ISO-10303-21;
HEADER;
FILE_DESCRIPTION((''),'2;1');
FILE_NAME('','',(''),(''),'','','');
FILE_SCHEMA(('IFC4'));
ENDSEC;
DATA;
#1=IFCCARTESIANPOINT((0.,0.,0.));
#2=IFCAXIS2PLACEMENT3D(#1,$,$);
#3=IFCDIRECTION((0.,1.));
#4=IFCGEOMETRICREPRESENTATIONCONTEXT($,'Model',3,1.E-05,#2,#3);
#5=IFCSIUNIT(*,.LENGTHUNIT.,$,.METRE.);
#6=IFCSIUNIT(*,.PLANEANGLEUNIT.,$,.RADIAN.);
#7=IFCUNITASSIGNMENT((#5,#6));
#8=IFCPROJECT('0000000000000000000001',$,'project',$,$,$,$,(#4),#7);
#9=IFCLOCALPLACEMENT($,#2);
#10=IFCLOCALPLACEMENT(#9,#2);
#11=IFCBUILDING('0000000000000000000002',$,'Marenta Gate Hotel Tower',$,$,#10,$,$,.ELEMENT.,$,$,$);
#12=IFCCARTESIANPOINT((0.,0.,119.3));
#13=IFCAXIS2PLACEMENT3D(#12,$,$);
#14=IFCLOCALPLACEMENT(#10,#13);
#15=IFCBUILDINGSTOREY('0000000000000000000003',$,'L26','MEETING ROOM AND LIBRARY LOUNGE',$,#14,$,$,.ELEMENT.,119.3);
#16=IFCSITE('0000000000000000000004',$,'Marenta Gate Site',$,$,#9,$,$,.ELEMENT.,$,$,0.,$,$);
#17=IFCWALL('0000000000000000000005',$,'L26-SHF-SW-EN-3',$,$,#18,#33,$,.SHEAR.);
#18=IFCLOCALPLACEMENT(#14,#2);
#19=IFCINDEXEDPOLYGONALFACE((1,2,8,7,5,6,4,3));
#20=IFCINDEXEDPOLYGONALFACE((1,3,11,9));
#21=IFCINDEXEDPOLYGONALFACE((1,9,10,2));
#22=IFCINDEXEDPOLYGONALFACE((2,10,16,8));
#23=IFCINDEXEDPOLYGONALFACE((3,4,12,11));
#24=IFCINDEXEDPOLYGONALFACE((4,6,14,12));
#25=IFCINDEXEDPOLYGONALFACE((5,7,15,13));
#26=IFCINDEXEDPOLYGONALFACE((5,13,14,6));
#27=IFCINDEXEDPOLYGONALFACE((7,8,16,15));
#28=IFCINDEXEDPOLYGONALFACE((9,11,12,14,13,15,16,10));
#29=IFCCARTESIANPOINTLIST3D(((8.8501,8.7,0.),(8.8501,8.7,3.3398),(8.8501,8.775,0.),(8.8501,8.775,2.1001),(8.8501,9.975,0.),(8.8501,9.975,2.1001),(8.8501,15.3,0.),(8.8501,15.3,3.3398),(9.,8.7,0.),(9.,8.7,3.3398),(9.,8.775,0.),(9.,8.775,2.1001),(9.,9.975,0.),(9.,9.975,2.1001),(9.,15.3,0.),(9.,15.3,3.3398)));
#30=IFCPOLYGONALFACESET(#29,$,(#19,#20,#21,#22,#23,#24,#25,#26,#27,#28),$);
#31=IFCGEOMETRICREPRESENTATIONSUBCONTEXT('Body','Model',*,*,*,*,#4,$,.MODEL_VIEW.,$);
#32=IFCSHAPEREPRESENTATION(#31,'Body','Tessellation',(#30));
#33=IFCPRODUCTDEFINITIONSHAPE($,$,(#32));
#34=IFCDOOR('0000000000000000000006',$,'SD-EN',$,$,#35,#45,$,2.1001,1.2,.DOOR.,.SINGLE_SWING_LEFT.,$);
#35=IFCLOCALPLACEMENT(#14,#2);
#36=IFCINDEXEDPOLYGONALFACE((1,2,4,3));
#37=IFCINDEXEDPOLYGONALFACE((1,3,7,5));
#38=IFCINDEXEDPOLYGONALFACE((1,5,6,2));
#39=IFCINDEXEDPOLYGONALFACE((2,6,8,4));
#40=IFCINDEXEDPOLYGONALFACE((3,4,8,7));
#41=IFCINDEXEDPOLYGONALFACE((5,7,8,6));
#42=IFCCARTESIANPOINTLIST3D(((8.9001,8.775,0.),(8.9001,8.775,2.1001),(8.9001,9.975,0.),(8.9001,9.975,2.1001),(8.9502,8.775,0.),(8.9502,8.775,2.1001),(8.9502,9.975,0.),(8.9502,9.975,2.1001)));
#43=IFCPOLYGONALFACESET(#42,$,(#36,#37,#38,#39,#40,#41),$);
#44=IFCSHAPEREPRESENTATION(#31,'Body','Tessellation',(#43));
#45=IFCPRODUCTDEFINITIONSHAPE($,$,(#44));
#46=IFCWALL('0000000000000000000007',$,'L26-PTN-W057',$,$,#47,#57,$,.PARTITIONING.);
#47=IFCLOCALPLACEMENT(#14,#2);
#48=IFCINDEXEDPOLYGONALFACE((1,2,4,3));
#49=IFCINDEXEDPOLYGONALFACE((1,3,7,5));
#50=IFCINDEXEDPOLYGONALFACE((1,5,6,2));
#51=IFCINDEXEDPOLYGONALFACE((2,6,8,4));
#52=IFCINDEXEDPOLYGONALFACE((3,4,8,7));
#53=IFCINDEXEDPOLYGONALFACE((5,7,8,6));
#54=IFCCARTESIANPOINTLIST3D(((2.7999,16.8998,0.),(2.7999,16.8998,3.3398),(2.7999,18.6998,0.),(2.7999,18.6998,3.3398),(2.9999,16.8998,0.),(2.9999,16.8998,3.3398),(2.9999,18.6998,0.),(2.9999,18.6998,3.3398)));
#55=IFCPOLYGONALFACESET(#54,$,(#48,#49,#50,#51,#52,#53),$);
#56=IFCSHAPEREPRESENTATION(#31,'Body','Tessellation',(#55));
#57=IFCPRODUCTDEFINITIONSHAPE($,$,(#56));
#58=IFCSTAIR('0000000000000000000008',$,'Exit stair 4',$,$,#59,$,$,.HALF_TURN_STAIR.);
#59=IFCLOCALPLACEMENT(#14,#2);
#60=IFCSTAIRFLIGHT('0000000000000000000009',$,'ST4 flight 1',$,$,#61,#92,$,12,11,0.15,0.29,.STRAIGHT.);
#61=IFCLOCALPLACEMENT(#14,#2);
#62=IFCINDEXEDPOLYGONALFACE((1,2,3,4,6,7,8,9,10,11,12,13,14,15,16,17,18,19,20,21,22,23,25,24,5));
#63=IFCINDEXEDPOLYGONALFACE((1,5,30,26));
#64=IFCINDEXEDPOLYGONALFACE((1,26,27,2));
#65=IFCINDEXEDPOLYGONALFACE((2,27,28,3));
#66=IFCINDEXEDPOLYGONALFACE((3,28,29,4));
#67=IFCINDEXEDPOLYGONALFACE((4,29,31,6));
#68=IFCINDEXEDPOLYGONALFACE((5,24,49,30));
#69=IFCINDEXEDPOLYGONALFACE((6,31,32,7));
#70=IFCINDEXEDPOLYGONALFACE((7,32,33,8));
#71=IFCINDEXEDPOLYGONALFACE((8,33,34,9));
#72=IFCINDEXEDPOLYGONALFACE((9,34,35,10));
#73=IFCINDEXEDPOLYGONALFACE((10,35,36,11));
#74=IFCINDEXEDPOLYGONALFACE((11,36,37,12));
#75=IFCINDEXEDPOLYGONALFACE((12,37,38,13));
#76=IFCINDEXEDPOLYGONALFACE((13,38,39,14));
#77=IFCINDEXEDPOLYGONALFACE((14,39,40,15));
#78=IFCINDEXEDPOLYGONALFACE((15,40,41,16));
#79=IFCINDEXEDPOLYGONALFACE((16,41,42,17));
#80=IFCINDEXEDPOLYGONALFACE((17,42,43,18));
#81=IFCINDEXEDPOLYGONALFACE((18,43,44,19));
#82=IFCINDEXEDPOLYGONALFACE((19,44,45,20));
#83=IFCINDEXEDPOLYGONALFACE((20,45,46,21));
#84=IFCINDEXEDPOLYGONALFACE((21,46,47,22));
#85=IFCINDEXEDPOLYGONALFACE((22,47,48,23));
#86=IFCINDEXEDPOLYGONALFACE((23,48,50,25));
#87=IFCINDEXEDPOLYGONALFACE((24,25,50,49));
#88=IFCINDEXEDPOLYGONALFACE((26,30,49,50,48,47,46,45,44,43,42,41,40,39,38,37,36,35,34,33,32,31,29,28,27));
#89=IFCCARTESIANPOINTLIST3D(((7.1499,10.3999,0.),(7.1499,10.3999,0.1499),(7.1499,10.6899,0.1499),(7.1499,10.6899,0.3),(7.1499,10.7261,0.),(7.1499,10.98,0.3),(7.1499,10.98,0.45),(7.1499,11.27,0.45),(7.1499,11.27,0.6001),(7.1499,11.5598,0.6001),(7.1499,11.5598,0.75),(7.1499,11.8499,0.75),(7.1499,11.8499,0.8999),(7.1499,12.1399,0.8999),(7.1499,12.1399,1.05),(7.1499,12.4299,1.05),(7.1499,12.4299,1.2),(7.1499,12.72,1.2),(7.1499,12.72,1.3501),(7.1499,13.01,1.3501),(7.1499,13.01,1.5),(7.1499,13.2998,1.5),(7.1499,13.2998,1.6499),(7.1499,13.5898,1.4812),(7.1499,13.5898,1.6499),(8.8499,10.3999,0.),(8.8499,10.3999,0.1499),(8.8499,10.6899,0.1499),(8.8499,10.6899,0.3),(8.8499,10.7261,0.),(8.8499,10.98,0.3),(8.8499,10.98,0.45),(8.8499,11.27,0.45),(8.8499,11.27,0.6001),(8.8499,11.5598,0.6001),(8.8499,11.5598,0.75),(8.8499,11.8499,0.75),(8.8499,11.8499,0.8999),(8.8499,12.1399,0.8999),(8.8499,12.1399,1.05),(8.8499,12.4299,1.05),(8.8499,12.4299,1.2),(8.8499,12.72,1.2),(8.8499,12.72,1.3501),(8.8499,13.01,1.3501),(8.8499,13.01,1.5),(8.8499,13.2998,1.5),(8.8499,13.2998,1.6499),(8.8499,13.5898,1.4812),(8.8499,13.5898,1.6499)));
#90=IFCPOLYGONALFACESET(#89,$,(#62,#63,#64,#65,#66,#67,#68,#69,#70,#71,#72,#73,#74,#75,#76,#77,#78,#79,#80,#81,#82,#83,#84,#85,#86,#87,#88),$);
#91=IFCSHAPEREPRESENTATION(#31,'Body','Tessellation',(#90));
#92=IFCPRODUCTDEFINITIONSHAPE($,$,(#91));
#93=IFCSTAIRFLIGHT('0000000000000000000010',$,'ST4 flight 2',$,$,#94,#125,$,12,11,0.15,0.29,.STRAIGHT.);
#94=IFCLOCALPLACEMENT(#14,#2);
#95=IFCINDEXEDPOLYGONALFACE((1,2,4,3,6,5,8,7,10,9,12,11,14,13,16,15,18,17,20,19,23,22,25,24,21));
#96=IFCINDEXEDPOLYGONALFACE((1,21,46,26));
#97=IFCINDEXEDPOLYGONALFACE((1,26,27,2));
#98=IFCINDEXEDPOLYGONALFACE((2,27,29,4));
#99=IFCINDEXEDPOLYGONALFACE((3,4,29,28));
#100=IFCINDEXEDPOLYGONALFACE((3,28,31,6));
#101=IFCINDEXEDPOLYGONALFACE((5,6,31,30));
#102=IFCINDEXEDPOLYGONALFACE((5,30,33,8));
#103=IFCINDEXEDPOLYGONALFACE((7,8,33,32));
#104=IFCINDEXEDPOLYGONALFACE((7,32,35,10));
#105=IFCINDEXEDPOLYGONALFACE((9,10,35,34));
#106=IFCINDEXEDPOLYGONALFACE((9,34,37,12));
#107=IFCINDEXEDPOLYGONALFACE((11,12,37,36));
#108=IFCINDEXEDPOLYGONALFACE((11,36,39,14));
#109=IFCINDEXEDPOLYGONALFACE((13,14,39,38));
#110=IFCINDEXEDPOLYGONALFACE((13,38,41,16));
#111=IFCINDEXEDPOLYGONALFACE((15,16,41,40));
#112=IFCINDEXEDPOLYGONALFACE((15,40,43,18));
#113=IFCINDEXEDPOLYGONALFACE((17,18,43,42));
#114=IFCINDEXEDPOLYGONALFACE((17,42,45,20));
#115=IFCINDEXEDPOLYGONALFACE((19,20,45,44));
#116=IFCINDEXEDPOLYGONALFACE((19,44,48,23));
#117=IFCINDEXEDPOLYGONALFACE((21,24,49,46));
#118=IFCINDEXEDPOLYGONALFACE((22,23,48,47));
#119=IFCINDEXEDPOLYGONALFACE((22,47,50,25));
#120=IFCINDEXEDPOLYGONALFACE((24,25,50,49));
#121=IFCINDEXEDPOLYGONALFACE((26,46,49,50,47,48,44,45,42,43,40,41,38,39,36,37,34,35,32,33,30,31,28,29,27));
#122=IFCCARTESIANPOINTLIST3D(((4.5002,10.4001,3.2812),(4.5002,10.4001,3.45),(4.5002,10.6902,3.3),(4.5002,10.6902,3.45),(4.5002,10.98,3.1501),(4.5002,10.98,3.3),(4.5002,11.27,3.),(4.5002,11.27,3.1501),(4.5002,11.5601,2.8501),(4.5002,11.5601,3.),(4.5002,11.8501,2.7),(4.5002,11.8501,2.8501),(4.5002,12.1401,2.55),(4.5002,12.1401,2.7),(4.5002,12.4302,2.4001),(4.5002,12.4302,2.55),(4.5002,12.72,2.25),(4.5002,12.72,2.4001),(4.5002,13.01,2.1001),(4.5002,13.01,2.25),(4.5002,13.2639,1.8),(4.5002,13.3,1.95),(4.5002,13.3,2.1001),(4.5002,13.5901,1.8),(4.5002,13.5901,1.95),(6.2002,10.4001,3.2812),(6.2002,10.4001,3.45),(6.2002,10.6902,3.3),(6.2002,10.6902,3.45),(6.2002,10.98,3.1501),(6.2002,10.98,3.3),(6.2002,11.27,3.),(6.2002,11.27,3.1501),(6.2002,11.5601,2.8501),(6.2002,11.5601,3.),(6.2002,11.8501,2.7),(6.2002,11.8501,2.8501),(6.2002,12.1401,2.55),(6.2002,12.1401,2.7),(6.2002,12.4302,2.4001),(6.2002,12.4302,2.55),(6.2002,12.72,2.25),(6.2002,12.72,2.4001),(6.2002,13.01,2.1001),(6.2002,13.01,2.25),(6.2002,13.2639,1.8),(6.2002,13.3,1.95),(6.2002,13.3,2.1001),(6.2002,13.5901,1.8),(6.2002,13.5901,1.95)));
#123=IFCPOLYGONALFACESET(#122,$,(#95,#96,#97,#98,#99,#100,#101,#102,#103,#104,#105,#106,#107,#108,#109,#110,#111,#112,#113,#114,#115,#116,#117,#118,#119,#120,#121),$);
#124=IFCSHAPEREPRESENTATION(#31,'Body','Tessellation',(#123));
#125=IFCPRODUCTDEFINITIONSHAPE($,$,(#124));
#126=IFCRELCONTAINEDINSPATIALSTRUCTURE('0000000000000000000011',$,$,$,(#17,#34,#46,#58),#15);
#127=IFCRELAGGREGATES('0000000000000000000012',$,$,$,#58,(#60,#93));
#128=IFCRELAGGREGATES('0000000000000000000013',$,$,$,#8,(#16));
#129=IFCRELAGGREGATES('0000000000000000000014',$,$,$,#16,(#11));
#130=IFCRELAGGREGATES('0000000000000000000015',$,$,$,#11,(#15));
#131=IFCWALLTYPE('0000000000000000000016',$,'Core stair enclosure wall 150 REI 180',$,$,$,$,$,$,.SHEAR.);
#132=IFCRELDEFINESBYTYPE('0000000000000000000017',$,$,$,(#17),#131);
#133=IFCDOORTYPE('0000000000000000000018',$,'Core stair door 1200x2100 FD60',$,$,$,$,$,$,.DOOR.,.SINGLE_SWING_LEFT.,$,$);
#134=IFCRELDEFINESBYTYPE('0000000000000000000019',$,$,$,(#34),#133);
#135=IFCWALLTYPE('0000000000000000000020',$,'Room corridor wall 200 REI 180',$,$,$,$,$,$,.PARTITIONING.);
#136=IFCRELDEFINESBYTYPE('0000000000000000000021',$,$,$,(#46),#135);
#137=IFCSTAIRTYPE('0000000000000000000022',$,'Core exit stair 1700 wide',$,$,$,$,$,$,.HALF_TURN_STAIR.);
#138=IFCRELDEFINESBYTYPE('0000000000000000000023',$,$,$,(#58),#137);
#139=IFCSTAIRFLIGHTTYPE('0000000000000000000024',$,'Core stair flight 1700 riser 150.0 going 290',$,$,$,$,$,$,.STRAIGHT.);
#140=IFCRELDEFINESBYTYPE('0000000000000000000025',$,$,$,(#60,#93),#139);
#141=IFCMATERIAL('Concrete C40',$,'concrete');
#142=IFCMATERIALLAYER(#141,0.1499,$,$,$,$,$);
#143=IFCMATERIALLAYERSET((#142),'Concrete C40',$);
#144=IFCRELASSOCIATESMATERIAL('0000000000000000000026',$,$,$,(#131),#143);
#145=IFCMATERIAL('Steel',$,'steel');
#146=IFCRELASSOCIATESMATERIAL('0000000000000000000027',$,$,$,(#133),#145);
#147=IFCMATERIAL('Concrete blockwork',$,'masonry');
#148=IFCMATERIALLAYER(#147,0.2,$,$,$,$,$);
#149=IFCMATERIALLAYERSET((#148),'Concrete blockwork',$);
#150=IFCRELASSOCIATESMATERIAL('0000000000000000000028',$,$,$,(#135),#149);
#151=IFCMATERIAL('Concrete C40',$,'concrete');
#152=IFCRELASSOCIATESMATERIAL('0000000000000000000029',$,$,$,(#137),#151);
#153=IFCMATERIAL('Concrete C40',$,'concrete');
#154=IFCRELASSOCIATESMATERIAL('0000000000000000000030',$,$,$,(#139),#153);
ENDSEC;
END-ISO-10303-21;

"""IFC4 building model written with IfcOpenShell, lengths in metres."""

from ifc_helpers import new_model, si_unit, direction, frame, frame_2d, origin, place, context, subcontext, project, spatial, polyline, rectangle, outline, extrude, material, layer, layer_set, type_object, element, fill, aggregate, save


model = new_model("IFC4")

# Units and contexts
model_context = context("Model", 3, precision=1e-05, world=origin(), true_north=direction((0.0, 1.0)))
body_context = subcontext(model_context, "Body", "Model", "MODEL_VIEW")
ifc_project = project(units=[si_unit("LENGTHUNIT", "METRE"), si_unit("PLANEANGLEUNIT", "RADIAN")], contexts=[model_context])

# Site, building, storey
site_placement = place(None, origin())
site = spatial("IfcSite", under=ifc_project, at=site_placement, Name="Marenta Gate Site", CompositionType="ELEMENT", RefElevation=0.0)
building_placement = place(site_placement, origin())
building = spatial("IfcBuilding", under=site, at=building_placement, Name="Marenta Gate Hotel Tower", CompositionType="ELEMENT")
storey_placement = place(building_placement, frame((0.0, 0.0, 119.3)))
storey = spatial("IfcBuildingStorey", under=building, at=storey_placement, Name="L26", Description="MEETING ROOM AND LIBRARY LOUNGE", CompositionType="ELEMENT", Elevation=119.3)

# Wall, opening, door
ifc_material_1 = material(Name="Concrete C40", Category="concrete")
ifc_layer_1 = layer(ifc_material_1, 0.1499)
ifc_layer_set_1 = layer_set([ifc_layer_1], Name="Concrete C40")
wall_type_1 = type_object("IfcWallType", Name="Core stair enclosure wall 150 REI 180", PredefinedType="SHEAR", material=ifc_layer_set_1)
wall_1_placement = place(storey_placement, frame((8.925, 8.7, 0.0), z_axis=(0.0, 0.0, 1.0), x_axis=(0.0, 1.0, 0.0)))
wall_1 = element("IfcWall", 1, at=wall_1_placement, inside=storey, type_object=wall_type_1, Name="L26-SHF-SW-EN-3", PredefinedType="SHEAR", context=body_context, shape_type="SweptSolid", body=[
    extrude(rectangle(XDim=6.6001, YDim=0.1499, at=frame_2d((3.3, 0.0))), origin(), (0.0, 0.0, 1.0), 3.3398),
])
opening_1_placement = place(wall_1_placement, frame((0.075, 0.0, 0.0)))
opening_1 = element("IfcOpeningElement", 2, at=opening_1_placement, cuts=wall_1, PredefinedType="OPENING", context=body_context, shape_type="SweptSolid", body=[
    extrude(rectangle(XDim=1.2, YDim=2.1001, at=frame_2d((0.6001, 1.05))), frame((0.0, 0.075, 0.0), z_axis=(0.0, -1.0, 0.0), x_axis=(1.0, 0.0, 0.0)), (0.0, 0.0, 1.0), 0.1499),
])
ifc_material_2 = material(Name="Steel", Category="steel")
door_type_1 = type_object("IfcDoorType", Name="Core stair door 1200x2100 FD60", OperationType="SINGLE_SWING_LEFT", PredefinedType="DOOR", material=ifc_material_2)
door_1_placement = place(opening_1_placement, origin())
door_1 = element("IfcDoor", 3, at=door_1_placement, inside=storey, type_object=door_type_1, Name="SD-EN", OperationType="SINGLE_SWING_LEFT", OverallHeight=2.1001, OverallWidth=1.2, PredefinedType="DOOR", context=body_context, shape_type="SweptSolid", body=[
    extrude(rectangle(XDim=1.2, YDim=2.1001, at=frame_2d((0.6001, 1.05))), frame((0.0, 0.0249, 0.0), z_axis=(0.0, -1.0, 0.0), x_axis=(1.0, 0.0, 0.0)), (0.0, 0.0, 1.0), 0.05),
])
fill(opening_1, door_1)
ifc_material_3 = material(Name="Concrete blockwork", Category="masonry")
ifc_layer_2 = layer(ifc_material_3, 0.2)
ifc_layer_set_2 = layer_set([ifc_layer_2], Name="Concrete blockwork")
wall_type_2 = type_object("IfcWallType", Name="Room corridor wall 200 REI 180", PredefinedType="PARTITIONING", material=ifc_layer_set_2)

# Wall
wall_2_placement = place(storey_placement, frame((2.8999, 16.8999, 0.0), z_axis=(0.0, 0.0, 1.0), x_axis=(0.0, 1.0, 0.0)))
element("IfcWall", 4, at=wall_2_placement, inside=storey, type_object=wall_type_2, Name="L26-PTN-W057", PredefinedType="PARTITIONING", context=body_context, shape_type="SweptSolid", body=[
    extrude(rectangle(XDim=1.8, YDim=0.2, at=frame_2d((0.8999, 0.0))), origin(), (0.0, 0.0, 1.0), 3.3398),
])

# Stair, stair flights
ifc_material_4 = material(Name="Concrete C40", Category="concrete")
stair_type = type_object("IfcStairType", Name="Core exit stair 1700 wide", PredefinedType="HALF_TURN_STAIR", material=ifc_material_4)
stair_placement = place(storey_placement, origin())
stair = element("IfcStair", 5, at=stair_placement, inside=storey, type_object=stair_type, Name="Exit stair 4", PredefinedType="HALF_TURN_STAIR")
ifc_material_5 = material(Name="Concrete C40", Category="concrete")
stair_flight_type = type_object("IfcStairFlightType", Name="Core stair flight 1700 riser 150.0 going 290", PredefinedType="STRAIGHT", material=ifc_material_5)
stair_flight_1_placement = place(storey_placement, frame((8.0, 10.3999, 0.0), z_axis=(0.0, 0.0, 1.0), x_axis=(0.0, 1.0, 0.0)))
stair_flight_1 = element("IfcStairFlight", 6, at=stair_flight_1_placement, type_object=stair_flight_type, Name="ST4 flight 1", NumberOfRisers=12, NumberOfTreads=11, PredefinedType="STRAIGHT", RiserHeight=0.15, TreadLength=0.29, context=body_context, shape_type="SweptSolid", body=[
    extrude(outline(polyline([(0.0, 0.0), (0.0, 0.1499), (0.29, 0.1499), (0.29, 0.3), (0.5801, 0.3), (0.5801, 0.45), (0.8701, 0.45), (0.8701, 0.6001), (1.1599, 0.6001), (1.1599, 0.75), (1.45, 0.75), (1.45, 0.8999), (1.74, 0.8999), (1.74, 1.05), (2.03, 1.05), (2.03, 1.2), (2.3201, 1.2), (2.3201, 1.3501), (2.6101, 1.3501), (2.6101, 1.5), (2.8999, 1.5), (2.8999, 1.6499), (3.1899, 1.6499), (3.1899, 1.8), (3.1899, 1.4812), (0.3262, 0.0), (0.0, 0.0)])), frame((0.0, 0.8501, 0.0), z_axis=(0.0, -1.0, 0.0), x_axis=(1.0, 0.0, 0.0)), (0.0, 0.0, 1.0), 1.7),
])
stair_flight_2_placement = place(storey_placement, frame((5.3501, 13.5901, 1.8), z_axis=(0.0, 0.0, 1.0), x_axis=(0.0, -1.0, 0.0)))
stair_flight_2 = element("IfcStairFlight", 7, at=stair_flight_2_placement, type_object=stair_flight_type, Name="ST4 flight 2", NumberOfRisers=12, NumberOfTreads=11, PredefinedType="STRAIGHT", RiserHeight=0.15, TreadLength=0.29, context=body_context, shape_type="SweptSolid", body=[
    extrude(outline(polyline([(0.0, 0.0), (0.0, 0.1499), (0.29, 0.1499), (0.29, 0.3), (0.5801, 0.3), (0.5801, 0.45), (0.8701, 0.45), (0.8701, 0.6001), (1.1599, 0.6001), (1.1599, 0.75), (1.45, 0.75), (1.45, 0.8999), (1.74, 0.8999), (1.74, 1.05), (2.03, 1.05), (2.03, 1.2), (2.3201, 1.2), (2.3201, 1.3501), (2.6101, 1.3501), (2.6101, 1.5), (2.8999, 1.5), (2.8999, 1.6499), (3.1899, 1.6499), (3.1899, 1.8), (3.1899, 1.4812), (0.3262, 0.0), (0.0, 0.0)])), frame((0.0, 0.8501, 0.0), z_axis=(0.0, -1.0, 0.0), x_axis=(1.0, 0.0, 0.0)), (0.0, 0.0, 1.0), 1.7),
])
aggregate(stair, [stair_flight_1, stair_flight_2])

save(model, "model.ifc")
